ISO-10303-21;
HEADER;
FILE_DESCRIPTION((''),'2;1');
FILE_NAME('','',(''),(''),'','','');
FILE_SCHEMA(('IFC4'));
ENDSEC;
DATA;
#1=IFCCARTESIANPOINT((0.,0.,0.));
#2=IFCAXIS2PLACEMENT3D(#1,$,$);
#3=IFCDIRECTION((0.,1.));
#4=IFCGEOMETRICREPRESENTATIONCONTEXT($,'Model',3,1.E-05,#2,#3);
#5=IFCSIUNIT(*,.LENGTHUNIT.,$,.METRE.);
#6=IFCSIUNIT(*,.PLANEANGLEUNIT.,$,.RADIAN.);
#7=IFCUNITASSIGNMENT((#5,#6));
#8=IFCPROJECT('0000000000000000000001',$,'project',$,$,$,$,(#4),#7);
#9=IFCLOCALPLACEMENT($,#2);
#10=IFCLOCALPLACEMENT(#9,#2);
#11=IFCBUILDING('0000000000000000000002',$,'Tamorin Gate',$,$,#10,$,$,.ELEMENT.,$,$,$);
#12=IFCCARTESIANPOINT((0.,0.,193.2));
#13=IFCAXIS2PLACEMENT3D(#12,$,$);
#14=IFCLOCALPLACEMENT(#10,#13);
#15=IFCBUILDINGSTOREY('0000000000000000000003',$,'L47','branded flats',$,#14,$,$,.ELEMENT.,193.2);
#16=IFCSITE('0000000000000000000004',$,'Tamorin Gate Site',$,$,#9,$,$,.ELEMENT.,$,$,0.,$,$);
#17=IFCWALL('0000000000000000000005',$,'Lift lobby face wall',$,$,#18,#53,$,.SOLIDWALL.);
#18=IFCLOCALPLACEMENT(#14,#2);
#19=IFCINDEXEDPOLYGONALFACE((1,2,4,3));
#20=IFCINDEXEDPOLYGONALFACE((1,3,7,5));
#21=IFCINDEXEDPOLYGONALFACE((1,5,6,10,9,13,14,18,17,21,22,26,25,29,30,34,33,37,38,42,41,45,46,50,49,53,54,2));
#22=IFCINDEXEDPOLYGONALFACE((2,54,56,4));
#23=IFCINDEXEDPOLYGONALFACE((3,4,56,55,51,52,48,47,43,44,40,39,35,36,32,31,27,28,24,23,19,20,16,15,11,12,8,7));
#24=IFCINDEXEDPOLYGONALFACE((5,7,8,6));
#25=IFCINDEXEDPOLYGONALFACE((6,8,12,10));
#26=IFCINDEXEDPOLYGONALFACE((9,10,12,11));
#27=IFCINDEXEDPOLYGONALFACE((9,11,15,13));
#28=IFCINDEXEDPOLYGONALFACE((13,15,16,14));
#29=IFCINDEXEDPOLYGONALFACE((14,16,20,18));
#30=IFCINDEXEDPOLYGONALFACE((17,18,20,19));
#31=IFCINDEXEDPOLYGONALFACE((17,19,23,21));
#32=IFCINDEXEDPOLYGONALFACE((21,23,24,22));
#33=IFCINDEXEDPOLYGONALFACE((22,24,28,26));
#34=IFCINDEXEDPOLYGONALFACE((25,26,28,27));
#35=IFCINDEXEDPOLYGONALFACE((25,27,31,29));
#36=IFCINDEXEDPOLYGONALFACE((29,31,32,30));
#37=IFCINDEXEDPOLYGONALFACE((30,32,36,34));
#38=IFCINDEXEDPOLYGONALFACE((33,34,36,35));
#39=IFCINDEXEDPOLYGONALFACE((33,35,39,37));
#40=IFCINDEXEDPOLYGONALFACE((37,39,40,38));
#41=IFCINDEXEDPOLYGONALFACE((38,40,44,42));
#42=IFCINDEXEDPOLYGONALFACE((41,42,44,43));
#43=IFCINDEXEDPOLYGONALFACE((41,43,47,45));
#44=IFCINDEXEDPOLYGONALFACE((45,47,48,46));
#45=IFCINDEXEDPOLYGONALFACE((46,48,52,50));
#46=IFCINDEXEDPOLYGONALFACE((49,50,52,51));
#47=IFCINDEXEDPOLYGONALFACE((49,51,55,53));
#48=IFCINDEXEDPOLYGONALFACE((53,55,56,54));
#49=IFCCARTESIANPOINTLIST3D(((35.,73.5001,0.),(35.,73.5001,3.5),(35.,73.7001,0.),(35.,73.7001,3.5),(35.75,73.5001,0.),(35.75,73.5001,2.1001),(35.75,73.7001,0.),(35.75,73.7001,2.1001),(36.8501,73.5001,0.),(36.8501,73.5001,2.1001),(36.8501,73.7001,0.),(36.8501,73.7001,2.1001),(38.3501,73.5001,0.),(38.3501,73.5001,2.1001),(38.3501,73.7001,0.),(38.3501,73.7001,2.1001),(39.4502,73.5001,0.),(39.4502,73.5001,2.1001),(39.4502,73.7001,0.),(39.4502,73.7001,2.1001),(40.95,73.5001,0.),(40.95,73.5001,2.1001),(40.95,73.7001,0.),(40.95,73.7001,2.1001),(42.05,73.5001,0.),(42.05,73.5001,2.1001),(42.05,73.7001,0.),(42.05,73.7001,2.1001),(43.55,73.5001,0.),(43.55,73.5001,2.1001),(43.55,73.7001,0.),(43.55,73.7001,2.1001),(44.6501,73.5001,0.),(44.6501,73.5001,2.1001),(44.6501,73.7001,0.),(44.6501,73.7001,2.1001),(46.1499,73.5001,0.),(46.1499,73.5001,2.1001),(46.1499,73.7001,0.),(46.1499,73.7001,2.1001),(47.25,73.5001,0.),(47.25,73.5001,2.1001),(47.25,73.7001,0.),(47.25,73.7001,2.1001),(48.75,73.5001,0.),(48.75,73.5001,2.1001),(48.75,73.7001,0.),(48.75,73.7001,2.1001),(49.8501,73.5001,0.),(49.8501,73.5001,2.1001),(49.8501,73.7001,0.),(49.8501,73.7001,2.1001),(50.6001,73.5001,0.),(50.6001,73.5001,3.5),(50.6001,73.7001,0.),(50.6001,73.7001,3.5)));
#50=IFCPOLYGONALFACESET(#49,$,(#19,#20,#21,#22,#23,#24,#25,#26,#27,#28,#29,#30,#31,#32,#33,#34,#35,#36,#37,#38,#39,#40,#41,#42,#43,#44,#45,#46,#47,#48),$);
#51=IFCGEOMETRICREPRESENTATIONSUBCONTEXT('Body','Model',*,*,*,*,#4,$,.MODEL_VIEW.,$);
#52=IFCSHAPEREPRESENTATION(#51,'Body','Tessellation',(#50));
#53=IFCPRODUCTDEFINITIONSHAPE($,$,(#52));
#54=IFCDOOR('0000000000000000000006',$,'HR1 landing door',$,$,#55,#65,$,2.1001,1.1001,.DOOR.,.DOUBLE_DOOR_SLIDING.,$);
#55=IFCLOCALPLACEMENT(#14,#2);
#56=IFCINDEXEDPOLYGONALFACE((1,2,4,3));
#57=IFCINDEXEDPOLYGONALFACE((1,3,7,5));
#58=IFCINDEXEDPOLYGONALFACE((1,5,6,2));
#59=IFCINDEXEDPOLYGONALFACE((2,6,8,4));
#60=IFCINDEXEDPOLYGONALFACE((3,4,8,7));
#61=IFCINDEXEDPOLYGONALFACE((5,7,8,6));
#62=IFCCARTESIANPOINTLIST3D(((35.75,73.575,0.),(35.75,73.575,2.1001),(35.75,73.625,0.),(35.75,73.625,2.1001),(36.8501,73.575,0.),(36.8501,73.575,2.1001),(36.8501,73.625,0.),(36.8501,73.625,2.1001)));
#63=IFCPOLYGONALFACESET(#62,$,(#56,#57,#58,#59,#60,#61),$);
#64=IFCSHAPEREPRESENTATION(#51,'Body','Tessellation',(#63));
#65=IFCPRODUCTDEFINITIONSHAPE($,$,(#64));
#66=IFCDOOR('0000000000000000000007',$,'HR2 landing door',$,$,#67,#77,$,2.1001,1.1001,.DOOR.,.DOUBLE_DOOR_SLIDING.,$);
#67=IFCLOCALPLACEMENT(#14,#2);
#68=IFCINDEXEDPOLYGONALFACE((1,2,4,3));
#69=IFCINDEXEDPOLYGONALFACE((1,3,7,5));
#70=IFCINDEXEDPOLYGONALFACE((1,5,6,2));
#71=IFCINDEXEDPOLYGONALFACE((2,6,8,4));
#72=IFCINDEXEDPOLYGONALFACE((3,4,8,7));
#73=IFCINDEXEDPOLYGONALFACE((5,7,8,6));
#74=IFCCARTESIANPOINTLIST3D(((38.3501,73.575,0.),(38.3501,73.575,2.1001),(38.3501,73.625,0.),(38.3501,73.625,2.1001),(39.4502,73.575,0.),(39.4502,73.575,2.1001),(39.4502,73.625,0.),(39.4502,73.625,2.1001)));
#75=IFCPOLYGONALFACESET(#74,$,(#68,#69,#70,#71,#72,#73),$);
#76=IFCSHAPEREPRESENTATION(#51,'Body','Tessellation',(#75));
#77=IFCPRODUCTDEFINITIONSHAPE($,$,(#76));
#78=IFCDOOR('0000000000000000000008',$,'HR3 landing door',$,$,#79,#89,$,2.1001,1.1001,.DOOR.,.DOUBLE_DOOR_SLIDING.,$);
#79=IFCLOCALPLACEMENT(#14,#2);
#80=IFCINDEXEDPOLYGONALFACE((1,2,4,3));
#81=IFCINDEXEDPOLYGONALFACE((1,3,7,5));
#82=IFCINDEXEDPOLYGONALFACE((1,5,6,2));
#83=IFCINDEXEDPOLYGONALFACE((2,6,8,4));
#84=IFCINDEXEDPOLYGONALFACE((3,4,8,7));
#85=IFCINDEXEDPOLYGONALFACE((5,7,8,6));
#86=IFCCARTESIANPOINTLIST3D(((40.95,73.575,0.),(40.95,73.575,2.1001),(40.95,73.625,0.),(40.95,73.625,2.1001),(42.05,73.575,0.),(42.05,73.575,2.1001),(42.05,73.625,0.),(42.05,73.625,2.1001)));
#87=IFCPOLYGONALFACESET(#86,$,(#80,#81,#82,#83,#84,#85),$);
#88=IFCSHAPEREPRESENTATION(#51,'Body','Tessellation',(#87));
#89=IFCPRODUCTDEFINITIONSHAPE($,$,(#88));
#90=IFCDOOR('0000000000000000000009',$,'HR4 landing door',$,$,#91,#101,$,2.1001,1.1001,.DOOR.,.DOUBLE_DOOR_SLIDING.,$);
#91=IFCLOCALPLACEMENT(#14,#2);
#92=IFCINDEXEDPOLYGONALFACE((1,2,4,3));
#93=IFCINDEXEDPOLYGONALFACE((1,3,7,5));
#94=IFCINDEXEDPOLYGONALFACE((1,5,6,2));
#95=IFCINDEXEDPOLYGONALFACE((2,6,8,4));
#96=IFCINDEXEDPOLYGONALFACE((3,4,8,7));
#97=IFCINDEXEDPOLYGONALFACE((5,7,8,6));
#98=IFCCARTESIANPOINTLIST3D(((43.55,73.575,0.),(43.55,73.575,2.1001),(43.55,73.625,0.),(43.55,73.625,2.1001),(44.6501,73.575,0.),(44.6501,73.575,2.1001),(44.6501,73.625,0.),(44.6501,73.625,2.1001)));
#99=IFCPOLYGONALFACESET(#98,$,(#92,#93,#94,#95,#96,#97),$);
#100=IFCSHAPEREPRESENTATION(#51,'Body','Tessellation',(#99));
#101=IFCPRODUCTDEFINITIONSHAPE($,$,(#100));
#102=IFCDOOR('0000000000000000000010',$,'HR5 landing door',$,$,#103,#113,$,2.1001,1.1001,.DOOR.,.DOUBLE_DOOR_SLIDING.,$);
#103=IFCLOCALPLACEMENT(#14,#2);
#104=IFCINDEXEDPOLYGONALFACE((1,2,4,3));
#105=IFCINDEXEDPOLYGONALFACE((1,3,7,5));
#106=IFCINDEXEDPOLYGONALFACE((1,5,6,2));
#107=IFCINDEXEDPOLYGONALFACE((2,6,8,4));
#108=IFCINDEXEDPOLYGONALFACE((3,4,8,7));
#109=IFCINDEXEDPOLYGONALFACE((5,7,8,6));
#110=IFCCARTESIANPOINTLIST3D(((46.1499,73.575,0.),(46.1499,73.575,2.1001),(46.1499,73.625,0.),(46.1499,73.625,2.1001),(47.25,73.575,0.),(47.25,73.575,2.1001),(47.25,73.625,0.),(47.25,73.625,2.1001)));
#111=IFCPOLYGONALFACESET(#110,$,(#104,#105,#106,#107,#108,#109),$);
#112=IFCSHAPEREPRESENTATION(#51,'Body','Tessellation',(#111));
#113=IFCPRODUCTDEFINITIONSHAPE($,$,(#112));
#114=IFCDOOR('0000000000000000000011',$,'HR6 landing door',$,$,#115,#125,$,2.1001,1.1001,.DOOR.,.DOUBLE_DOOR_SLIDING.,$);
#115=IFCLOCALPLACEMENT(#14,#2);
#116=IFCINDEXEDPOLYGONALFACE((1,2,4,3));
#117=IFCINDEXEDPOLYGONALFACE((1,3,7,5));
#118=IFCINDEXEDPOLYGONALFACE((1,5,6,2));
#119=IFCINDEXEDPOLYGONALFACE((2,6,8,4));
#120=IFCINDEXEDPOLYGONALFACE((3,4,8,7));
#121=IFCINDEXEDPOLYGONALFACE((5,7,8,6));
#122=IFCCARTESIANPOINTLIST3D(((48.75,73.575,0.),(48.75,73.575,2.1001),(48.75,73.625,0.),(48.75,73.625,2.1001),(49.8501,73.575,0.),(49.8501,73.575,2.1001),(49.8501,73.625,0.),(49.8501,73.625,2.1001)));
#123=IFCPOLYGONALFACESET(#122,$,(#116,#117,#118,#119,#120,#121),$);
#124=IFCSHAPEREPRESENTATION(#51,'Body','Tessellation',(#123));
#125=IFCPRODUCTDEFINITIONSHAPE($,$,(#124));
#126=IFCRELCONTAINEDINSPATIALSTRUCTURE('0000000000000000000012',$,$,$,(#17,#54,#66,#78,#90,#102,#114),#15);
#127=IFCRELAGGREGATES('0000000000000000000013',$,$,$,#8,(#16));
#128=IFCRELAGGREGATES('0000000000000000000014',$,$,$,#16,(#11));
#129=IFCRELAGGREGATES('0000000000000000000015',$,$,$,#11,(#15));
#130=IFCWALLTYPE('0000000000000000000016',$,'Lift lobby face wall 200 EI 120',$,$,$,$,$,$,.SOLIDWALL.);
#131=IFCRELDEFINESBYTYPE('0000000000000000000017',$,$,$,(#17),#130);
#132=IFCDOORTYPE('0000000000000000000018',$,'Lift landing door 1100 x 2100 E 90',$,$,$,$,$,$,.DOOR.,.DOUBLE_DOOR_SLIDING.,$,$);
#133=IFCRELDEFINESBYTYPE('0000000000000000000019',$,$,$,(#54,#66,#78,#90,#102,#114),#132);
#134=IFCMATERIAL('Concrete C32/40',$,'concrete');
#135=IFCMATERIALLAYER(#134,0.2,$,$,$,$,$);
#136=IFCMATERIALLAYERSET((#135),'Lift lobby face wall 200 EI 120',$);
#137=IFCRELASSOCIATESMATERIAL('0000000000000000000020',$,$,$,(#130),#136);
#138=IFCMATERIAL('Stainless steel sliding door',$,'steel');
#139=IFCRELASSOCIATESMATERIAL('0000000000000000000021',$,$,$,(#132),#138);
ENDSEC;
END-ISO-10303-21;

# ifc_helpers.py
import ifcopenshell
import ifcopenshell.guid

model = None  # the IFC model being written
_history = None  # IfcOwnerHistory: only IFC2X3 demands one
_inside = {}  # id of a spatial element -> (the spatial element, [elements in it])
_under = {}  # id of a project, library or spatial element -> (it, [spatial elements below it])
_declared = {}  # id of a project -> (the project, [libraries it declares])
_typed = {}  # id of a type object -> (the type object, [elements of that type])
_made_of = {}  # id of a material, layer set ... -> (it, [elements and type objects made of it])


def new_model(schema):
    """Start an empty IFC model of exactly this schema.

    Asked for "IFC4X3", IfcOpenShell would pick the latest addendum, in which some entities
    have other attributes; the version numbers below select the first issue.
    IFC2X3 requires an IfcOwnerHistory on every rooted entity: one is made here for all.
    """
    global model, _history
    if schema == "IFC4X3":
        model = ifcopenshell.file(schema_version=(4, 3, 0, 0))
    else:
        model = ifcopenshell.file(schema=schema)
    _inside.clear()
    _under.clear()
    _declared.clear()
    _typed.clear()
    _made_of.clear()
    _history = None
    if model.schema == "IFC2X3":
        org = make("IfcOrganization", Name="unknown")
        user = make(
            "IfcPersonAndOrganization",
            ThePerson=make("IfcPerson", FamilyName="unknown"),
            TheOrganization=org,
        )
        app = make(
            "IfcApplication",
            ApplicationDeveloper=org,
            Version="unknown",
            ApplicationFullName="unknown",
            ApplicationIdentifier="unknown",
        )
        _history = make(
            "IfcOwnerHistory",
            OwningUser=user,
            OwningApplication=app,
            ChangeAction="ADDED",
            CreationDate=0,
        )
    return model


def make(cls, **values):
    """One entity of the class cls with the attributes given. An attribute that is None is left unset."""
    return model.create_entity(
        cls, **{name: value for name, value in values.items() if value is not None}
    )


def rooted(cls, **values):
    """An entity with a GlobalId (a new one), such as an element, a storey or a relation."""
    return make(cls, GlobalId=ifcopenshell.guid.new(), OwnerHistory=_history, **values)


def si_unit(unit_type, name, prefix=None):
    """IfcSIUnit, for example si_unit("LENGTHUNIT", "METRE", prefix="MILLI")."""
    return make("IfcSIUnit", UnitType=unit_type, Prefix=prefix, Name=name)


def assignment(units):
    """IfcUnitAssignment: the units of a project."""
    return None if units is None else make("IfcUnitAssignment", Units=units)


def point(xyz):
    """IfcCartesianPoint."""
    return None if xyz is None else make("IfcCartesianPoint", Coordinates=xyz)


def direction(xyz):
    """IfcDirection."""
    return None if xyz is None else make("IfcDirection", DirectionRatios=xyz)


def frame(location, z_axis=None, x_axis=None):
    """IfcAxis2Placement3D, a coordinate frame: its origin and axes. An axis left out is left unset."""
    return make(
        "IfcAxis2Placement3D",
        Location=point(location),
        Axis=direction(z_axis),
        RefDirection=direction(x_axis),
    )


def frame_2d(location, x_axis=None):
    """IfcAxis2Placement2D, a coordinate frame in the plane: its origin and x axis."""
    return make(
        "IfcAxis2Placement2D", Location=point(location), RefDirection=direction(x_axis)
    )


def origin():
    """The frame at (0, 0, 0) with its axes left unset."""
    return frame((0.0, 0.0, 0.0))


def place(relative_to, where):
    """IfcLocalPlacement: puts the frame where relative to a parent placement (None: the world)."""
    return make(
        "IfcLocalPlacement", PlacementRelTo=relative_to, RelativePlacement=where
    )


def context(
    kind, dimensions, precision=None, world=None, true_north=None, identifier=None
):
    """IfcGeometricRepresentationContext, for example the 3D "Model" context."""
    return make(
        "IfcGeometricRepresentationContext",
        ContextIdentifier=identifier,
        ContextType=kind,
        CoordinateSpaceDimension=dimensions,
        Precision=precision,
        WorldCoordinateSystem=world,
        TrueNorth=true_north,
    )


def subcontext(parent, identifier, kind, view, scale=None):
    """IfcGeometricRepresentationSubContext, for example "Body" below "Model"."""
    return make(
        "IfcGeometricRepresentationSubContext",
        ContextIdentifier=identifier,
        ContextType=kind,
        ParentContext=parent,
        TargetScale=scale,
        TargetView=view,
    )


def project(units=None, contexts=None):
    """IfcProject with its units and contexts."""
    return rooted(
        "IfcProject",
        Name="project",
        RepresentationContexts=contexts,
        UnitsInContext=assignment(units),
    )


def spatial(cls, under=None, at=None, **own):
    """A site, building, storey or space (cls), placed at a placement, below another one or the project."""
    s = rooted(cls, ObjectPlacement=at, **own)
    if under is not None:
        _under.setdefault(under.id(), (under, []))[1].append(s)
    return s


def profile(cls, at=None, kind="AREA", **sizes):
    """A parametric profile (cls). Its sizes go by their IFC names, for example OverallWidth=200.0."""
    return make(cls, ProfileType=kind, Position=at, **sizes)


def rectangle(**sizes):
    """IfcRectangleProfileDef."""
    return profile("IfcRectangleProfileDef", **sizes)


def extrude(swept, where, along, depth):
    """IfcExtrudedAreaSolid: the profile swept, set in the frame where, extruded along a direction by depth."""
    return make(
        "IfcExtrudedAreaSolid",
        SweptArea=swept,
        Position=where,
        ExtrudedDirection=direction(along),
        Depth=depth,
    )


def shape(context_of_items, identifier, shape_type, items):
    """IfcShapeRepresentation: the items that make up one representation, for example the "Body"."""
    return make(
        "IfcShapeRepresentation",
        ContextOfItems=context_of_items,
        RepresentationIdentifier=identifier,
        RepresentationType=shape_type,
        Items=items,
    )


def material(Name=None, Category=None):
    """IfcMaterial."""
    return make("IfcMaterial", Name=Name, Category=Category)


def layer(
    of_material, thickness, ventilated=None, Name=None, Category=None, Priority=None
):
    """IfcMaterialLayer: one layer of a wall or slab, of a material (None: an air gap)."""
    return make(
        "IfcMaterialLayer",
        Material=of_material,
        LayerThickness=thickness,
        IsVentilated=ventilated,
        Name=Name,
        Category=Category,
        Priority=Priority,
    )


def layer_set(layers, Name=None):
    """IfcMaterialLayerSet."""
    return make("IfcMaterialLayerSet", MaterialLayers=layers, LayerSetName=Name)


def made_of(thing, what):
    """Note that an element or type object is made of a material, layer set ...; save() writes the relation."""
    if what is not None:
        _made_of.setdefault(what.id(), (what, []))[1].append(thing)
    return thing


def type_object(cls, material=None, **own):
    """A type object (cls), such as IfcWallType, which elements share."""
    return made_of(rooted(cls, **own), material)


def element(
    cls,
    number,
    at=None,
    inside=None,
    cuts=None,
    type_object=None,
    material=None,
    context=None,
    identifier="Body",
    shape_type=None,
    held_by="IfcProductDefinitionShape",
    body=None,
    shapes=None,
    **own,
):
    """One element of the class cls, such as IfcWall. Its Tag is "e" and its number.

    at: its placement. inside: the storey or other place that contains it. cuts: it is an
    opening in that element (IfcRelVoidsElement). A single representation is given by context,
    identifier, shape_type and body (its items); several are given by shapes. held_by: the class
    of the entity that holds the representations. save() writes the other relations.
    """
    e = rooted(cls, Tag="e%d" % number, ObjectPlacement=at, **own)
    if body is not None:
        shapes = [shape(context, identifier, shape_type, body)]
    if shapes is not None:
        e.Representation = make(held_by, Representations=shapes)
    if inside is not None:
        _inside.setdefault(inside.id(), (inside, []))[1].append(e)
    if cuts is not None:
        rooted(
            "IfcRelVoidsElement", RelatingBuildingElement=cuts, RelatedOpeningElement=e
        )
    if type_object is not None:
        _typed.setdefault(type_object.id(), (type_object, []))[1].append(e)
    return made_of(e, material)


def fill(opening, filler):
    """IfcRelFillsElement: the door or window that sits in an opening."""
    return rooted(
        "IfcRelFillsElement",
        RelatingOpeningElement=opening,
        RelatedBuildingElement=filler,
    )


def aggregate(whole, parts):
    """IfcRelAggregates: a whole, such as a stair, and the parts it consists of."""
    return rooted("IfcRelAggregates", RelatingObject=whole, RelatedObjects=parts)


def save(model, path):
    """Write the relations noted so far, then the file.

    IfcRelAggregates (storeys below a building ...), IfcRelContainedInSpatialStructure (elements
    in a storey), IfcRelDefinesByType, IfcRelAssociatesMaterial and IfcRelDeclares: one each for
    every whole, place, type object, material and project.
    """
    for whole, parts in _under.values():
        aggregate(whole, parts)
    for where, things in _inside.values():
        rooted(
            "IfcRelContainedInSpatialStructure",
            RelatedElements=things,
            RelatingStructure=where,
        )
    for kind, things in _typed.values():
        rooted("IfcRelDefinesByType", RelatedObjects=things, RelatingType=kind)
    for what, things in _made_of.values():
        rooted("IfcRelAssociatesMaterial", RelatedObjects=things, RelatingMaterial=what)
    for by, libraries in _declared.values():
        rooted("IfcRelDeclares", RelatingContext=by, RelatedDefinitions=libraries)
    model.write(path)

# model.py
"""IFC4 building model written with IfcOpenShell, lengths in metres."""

from ifc_helpers import new_model, si_unit, direction, frame, frame_2d, origin, place, context, subcontext, project, spatial, rectangle, extrude, material, layer, layer_set, type_object, element, fill, save


model = new_model("IFC4")

# Units and contexts
model_context = context("Model", 3, precision=1e-05, world=origin(), true_north=direction((0.0, 1.0)))
body_context = subcontext(model_context, "Body", "Model", "MODEL_VIEW")
ifc_project = project(units=[si_unit("LENGTHUNIT", "METRE"), si_unit("PLANEANGLEUNIT", "RADIAN")], contexts=[model_context])

# Site, building, storey
site_placement = place(None, origin())
site = spatial("IfcSite", under=ifc_project, at=site_placement, Name="Tamorin Gate Site", CompositionType="ELEMENT", RefElevation=0.0)
building_placement = place(site_placement, origin())
building = spatial("IfcBuilding", under=site, at=building_placement, Name="Tamorin Gate", CompositionType="ELEMENT")
storey_placement = place(building_placement, frame((0.0, 0.0, 193.2)))
storey = spatial("IfcBuildingStorey", under=building, at=storey_placement, Name="L47", Description="branded flats", CompositionType="ELEMENT", Elevation=193.2)

# Wall, openings, doors
ifc_material_1 = material(Name="Concrete C32/40", Category="concrete")
ifc_layer_1 = layer(ifc_material_1, 0.2)
ifc_layer_set_1 = layer_set([ifc_layer_1], Name="Lift lobby face wall 200 EI 120")
wall_type_1 = type_object("IfcWallType", Name="Lift lobby face wall 200 EI 120", PredefinedType="SOLIDWALL", material=ifc_layer_set_1)
wall_1_placement = place(storey_placement, frame((35.0, 73.6001, 0.0), z_axis=(0.0, 0.0, 1.0), x_axis=(1.0, 0.0, 0.0)))
wall_1 = element("IfcWall", 1, at=wall_1_placement, inside=storey, type_object=wall_type_1, Name="Lift lobby face wall", PredefinedType="SOLIDWALL", context=body_context, shape_type="SweptSolid", body=[
    extrude(rectangle(XDim=15.6001, YDim=0.2, at=frame_2d((7.8, 0.0))), origin(), (0.0, 0.0, 1.0), 3.5),
])
opening_1_placement = place(wall_1_placement, frame((0.75, 0.0, 0.0)))
opening_1 = element("IfcOpeningElement", 2, at=opening_1_placement, cuts=wall_1, PredefinedType="OPENING", context=body_context, shape_type="SweptSolid", body=[
    extrude(rectangle(XDim=1.1001, YDim=2.1001, at=frame_2d((0.55, 1.05))), frame((0.0, 0.1099, 0.0), z_axis=(0.0, -1.0, 0.0), x_axis=(1.0, 0.0, 0.0)), (0.0, 0.0, 1.0), 0.22),
])
opening_2_placement = place(wall_1_placement, frame((3.3501, 0.0, 0.0)))
opening_2 = element("IfcOpeningElement", 3, at=opening_2_placement, cuts=wall_1, PredefinedType="OPENING", context=body_context, shape_type="SweptSolid", body=[
    extrude(rectangle(XDim=1.1001, YDim=2.1001, at=frame_2d((0.55, 1.05))), frame((0.0, 0.1099, 0.0), z_axis=(0.0, -1.0, 0.0), x_axis=(1.0, 0.0, 0.0)), (0.0, 0.0, 1.0), 0.22),
])
opening_3_placement = place(wall_1_placement, frame((5.95, 0.0, 0.0)))
opening_3 = element("IfcOpeningElement", 4, at=opening_3_placement, cuts=wall_1, PredefinedType="OPENING", context=body_context, shape_type="SweptSolid", body=[
    extrude(rectangle(XDim=1.1001, YDim=2.1001, at=frame_2d((0.55, 1.05))), frame((0.0, 0.1099, 0.0), z_axis=(0.0, -1.0, 0.0), x_axis=(1.0, 0.0, 0.0)), (0.0, 0.0, 1.0), 0.22),
])
opening_4_placement = place(wall_1_placement, frame((8.55, 0.0, 0.0)))
opening_4 = element("IfcOpeningElement", 5, at=opening_4_placement, cuts=wall_1, PredefinedType="OPENING", context=body_context, shape_type="SweptSolid", body=[
    extrude(rectangle(XDim=1.1001, YDim=2.1001, at=frame_2d((0.55, 1.05))), frame((0.0, 0.1099, 0.0), z_axis=(0.0, -1.0, 0.0), x_axis=(1.0, 0.0, 0.0)), (0.0, 0.0, 1.0), 0.22),
])
opening_5_placement = place(wall_1_placement, frame((11.1499, 0.0, 0.0)))
opening_5 = element("IfcOpeningElement", 6, at=opening_5_placement, cuts=wall_1, PredefinedType="OPENING", context=body_context, shape_type="SweptSolid", body=[
    extrude(rectangle(XDim=1.1001, YDim=2.1001, at=frame_2d((0.55, 1.05))), frame((0.0, 0.1099, 0.0), z_axis=(0.0, -1.0, 0.0), x_axis=(1.0, 0.0, 0.0)), (0.0, 0.0, 1.0), 0.22),
])
opening_6_placement = place(wall_1_placement, frame((13.75, 0.0, 0.0)))
opening_6 = element("IfcOpeningElement", 7, at=opening_6_placement, cuts=wall_1, PredefinedType="OPENING", context=body_context, shape_type="SweptSolid", body=[
    extrude(rectangle(XDim=1.1001, YDim=2.1001, at=frame_2d((0.55, 1.05))), frame((0.0, 0.1099, 0.0), z_axis=(0.0, -1.0, 0.0), x_axis=(1.0, 0.0, 0.0)), (0.0, 0.0, 1.0), 0.22),
])
ifc_material_2 = material(Name="Stainless steel sliding door", Category="steel")
door_type_1 = type_object("IfcDoorType", Name="Lift landing door 1100 x 2100 E 90", OperationType="DOUBLE_DOOR_SLIDING", PredefinedType="DOOR", material=ifc_material_2)
door_1_placement = place(opening_1_placement, origin())
door_1 = element("IfcDoor", 8, at=door_1_placement, inside=storey, type_object=door_type_1, Name="HR1 landing door", OperationType="DOUBLE_DOOR_SLIDING", OverallHeight=2.1001, OverallWidth=1.1001, PredefinedType="DOOR", context=body_context, shape_type="SweptSolid", body=[
    extrude(rectangle(XDim=1.1001, YDim=2.1001, at=frame_2d((0.55, 1.05))), frame((0.0, 0.0249, 0.0), z_axis=(0.0, -1.0, 0.0), x_axis=(1.0, 0.0, 0.0)), (0.0, 0.0, 1.0), 0.05),
])
fill(opening_1, door_1)
door_2_placement = place(opening_2_placement, origin())
door_2 = element("IfcDoor", 9, at=door_2_placement, inside=storey, type_object=door_type_1, Name="HR2 landing door", OperationType="DOUBLE_DOOR_SLIDING", OverallHeight=2.1001, OverallWidth=1.1001, PredefinedType="DOOR", context=body_context, shape_type="SweptSolid", body=[
    extrude(rectangle(XDim=1.1001, YDim=2.1001, at=frame_2d((0.55, 1.05))), frame((0.0, 0.0249, 0.0), z_axis=(0.0, -1.0, 0.0), x_axis=(1.0, 0.0, 0.0)), (0.0, 0.0, 1.0), 0.05),
])
fill(opening_2, door_2)
door_3_placement = place(opening_3_placement, origin())
door_3 = element("IfcDoor", 10, at=door_3_placement, inside=storey, type_object=door_type_1, Name="HR3 landing door", OperationType="DOUBLE_DOOR_SLIDING", OverallHeight=2.1001, OverallWidth=1.1001, PredefinedType="DOOR", context=body_context, shape_type="SweptSolid", body=[
    extrude(rectangle(XDim=1.1001, YDim=2.1001, at=frame_2d((0.55, 1.05))), frame((0.0, 0.0249, 0.0), z_axis=(0.0, -1.0, 0.0), x_axis=(1.0, 0.0, 0.0)), (0.0, 0.0, 1.0), 0.05),
])
fill(opening_3, door_3)
door_4_placement = place(opening_4_placement, origin())
door_4 = element("IfcDoor", 11, at=door_4_placement, inside=storey, type_object=door_type_1, Name="HR4 landing door", OperationType="DOUBLE_DOOR_SLIDING", OverallHeight=2.1001, OverallWidth=1.1001, PredefinedType="DOOR", context=body_context, shape_type="SweptSolid", body=[
    extrude(rectangle(XDim=1.1001, YDim=2.1001, at=frame_2d((0.55, 1.05))), frame((0.0, 0.0249, 0.0), z_axis=(0.0, -1.0, 0.0), x_axis=(1.0, 0.0, 0.0)), (0.0, 0.0, 1.0), 0.05),
])
fill(opening_4, door_4)
door_5_placement = place(opening_5_placement, origin())
door_5 = element("IfcDoor", 12, at=door_5_placement, inside=storey, type_object=door_type_1, Name="HR5 landing door", OperationType="DOUBLE_DOOR_SLIDING", OverallHeight=2.1001, OverallWidth=1.1001, PredefinedType="DOOR", context=body_context, shape_type="SweptSolid", body=[
    extrude(rectangle(XDim=1.1001, YDim=2.1001, at=frame_2d((0.55, 1.05))), frame((0.0, 0.0249, 0.0), z_axis=(0.0, -1.0, 0.0), x_axis=(1.0, 0.0, 0.0)), (0.0, 0.0, 1.0), 0.05),
])
fill(opening_5, door_5)
door_6_placement = place(opening_6_placement, origin())
door_6 = element("IfcDoor", 13, at=door_6_placement, inside=storey, type_object=door_type_1, Name="HR6 landing door", OperationType="DOUBLE_DOOR_SLIDING", OverallHeight=2.1001, OverallWidth=1.1001, PredefinedType="DOOR", context=body_context, shape_type="SweptSolid", body=[
    extrude(rectangle(XDim=1.1001, YDim=2.1001, at=frame_2d((0.55, 1.05))), frame((0.0, 0.0249, 0.0), z_axis=(0.0, -1.0, 0.0), x_axis=(1.0, 0.0, 0.0)), (0.0, 0.0, 1.0), 0.05),
])
fill(opening_6, door_6)

save(model, "model.ifc")
